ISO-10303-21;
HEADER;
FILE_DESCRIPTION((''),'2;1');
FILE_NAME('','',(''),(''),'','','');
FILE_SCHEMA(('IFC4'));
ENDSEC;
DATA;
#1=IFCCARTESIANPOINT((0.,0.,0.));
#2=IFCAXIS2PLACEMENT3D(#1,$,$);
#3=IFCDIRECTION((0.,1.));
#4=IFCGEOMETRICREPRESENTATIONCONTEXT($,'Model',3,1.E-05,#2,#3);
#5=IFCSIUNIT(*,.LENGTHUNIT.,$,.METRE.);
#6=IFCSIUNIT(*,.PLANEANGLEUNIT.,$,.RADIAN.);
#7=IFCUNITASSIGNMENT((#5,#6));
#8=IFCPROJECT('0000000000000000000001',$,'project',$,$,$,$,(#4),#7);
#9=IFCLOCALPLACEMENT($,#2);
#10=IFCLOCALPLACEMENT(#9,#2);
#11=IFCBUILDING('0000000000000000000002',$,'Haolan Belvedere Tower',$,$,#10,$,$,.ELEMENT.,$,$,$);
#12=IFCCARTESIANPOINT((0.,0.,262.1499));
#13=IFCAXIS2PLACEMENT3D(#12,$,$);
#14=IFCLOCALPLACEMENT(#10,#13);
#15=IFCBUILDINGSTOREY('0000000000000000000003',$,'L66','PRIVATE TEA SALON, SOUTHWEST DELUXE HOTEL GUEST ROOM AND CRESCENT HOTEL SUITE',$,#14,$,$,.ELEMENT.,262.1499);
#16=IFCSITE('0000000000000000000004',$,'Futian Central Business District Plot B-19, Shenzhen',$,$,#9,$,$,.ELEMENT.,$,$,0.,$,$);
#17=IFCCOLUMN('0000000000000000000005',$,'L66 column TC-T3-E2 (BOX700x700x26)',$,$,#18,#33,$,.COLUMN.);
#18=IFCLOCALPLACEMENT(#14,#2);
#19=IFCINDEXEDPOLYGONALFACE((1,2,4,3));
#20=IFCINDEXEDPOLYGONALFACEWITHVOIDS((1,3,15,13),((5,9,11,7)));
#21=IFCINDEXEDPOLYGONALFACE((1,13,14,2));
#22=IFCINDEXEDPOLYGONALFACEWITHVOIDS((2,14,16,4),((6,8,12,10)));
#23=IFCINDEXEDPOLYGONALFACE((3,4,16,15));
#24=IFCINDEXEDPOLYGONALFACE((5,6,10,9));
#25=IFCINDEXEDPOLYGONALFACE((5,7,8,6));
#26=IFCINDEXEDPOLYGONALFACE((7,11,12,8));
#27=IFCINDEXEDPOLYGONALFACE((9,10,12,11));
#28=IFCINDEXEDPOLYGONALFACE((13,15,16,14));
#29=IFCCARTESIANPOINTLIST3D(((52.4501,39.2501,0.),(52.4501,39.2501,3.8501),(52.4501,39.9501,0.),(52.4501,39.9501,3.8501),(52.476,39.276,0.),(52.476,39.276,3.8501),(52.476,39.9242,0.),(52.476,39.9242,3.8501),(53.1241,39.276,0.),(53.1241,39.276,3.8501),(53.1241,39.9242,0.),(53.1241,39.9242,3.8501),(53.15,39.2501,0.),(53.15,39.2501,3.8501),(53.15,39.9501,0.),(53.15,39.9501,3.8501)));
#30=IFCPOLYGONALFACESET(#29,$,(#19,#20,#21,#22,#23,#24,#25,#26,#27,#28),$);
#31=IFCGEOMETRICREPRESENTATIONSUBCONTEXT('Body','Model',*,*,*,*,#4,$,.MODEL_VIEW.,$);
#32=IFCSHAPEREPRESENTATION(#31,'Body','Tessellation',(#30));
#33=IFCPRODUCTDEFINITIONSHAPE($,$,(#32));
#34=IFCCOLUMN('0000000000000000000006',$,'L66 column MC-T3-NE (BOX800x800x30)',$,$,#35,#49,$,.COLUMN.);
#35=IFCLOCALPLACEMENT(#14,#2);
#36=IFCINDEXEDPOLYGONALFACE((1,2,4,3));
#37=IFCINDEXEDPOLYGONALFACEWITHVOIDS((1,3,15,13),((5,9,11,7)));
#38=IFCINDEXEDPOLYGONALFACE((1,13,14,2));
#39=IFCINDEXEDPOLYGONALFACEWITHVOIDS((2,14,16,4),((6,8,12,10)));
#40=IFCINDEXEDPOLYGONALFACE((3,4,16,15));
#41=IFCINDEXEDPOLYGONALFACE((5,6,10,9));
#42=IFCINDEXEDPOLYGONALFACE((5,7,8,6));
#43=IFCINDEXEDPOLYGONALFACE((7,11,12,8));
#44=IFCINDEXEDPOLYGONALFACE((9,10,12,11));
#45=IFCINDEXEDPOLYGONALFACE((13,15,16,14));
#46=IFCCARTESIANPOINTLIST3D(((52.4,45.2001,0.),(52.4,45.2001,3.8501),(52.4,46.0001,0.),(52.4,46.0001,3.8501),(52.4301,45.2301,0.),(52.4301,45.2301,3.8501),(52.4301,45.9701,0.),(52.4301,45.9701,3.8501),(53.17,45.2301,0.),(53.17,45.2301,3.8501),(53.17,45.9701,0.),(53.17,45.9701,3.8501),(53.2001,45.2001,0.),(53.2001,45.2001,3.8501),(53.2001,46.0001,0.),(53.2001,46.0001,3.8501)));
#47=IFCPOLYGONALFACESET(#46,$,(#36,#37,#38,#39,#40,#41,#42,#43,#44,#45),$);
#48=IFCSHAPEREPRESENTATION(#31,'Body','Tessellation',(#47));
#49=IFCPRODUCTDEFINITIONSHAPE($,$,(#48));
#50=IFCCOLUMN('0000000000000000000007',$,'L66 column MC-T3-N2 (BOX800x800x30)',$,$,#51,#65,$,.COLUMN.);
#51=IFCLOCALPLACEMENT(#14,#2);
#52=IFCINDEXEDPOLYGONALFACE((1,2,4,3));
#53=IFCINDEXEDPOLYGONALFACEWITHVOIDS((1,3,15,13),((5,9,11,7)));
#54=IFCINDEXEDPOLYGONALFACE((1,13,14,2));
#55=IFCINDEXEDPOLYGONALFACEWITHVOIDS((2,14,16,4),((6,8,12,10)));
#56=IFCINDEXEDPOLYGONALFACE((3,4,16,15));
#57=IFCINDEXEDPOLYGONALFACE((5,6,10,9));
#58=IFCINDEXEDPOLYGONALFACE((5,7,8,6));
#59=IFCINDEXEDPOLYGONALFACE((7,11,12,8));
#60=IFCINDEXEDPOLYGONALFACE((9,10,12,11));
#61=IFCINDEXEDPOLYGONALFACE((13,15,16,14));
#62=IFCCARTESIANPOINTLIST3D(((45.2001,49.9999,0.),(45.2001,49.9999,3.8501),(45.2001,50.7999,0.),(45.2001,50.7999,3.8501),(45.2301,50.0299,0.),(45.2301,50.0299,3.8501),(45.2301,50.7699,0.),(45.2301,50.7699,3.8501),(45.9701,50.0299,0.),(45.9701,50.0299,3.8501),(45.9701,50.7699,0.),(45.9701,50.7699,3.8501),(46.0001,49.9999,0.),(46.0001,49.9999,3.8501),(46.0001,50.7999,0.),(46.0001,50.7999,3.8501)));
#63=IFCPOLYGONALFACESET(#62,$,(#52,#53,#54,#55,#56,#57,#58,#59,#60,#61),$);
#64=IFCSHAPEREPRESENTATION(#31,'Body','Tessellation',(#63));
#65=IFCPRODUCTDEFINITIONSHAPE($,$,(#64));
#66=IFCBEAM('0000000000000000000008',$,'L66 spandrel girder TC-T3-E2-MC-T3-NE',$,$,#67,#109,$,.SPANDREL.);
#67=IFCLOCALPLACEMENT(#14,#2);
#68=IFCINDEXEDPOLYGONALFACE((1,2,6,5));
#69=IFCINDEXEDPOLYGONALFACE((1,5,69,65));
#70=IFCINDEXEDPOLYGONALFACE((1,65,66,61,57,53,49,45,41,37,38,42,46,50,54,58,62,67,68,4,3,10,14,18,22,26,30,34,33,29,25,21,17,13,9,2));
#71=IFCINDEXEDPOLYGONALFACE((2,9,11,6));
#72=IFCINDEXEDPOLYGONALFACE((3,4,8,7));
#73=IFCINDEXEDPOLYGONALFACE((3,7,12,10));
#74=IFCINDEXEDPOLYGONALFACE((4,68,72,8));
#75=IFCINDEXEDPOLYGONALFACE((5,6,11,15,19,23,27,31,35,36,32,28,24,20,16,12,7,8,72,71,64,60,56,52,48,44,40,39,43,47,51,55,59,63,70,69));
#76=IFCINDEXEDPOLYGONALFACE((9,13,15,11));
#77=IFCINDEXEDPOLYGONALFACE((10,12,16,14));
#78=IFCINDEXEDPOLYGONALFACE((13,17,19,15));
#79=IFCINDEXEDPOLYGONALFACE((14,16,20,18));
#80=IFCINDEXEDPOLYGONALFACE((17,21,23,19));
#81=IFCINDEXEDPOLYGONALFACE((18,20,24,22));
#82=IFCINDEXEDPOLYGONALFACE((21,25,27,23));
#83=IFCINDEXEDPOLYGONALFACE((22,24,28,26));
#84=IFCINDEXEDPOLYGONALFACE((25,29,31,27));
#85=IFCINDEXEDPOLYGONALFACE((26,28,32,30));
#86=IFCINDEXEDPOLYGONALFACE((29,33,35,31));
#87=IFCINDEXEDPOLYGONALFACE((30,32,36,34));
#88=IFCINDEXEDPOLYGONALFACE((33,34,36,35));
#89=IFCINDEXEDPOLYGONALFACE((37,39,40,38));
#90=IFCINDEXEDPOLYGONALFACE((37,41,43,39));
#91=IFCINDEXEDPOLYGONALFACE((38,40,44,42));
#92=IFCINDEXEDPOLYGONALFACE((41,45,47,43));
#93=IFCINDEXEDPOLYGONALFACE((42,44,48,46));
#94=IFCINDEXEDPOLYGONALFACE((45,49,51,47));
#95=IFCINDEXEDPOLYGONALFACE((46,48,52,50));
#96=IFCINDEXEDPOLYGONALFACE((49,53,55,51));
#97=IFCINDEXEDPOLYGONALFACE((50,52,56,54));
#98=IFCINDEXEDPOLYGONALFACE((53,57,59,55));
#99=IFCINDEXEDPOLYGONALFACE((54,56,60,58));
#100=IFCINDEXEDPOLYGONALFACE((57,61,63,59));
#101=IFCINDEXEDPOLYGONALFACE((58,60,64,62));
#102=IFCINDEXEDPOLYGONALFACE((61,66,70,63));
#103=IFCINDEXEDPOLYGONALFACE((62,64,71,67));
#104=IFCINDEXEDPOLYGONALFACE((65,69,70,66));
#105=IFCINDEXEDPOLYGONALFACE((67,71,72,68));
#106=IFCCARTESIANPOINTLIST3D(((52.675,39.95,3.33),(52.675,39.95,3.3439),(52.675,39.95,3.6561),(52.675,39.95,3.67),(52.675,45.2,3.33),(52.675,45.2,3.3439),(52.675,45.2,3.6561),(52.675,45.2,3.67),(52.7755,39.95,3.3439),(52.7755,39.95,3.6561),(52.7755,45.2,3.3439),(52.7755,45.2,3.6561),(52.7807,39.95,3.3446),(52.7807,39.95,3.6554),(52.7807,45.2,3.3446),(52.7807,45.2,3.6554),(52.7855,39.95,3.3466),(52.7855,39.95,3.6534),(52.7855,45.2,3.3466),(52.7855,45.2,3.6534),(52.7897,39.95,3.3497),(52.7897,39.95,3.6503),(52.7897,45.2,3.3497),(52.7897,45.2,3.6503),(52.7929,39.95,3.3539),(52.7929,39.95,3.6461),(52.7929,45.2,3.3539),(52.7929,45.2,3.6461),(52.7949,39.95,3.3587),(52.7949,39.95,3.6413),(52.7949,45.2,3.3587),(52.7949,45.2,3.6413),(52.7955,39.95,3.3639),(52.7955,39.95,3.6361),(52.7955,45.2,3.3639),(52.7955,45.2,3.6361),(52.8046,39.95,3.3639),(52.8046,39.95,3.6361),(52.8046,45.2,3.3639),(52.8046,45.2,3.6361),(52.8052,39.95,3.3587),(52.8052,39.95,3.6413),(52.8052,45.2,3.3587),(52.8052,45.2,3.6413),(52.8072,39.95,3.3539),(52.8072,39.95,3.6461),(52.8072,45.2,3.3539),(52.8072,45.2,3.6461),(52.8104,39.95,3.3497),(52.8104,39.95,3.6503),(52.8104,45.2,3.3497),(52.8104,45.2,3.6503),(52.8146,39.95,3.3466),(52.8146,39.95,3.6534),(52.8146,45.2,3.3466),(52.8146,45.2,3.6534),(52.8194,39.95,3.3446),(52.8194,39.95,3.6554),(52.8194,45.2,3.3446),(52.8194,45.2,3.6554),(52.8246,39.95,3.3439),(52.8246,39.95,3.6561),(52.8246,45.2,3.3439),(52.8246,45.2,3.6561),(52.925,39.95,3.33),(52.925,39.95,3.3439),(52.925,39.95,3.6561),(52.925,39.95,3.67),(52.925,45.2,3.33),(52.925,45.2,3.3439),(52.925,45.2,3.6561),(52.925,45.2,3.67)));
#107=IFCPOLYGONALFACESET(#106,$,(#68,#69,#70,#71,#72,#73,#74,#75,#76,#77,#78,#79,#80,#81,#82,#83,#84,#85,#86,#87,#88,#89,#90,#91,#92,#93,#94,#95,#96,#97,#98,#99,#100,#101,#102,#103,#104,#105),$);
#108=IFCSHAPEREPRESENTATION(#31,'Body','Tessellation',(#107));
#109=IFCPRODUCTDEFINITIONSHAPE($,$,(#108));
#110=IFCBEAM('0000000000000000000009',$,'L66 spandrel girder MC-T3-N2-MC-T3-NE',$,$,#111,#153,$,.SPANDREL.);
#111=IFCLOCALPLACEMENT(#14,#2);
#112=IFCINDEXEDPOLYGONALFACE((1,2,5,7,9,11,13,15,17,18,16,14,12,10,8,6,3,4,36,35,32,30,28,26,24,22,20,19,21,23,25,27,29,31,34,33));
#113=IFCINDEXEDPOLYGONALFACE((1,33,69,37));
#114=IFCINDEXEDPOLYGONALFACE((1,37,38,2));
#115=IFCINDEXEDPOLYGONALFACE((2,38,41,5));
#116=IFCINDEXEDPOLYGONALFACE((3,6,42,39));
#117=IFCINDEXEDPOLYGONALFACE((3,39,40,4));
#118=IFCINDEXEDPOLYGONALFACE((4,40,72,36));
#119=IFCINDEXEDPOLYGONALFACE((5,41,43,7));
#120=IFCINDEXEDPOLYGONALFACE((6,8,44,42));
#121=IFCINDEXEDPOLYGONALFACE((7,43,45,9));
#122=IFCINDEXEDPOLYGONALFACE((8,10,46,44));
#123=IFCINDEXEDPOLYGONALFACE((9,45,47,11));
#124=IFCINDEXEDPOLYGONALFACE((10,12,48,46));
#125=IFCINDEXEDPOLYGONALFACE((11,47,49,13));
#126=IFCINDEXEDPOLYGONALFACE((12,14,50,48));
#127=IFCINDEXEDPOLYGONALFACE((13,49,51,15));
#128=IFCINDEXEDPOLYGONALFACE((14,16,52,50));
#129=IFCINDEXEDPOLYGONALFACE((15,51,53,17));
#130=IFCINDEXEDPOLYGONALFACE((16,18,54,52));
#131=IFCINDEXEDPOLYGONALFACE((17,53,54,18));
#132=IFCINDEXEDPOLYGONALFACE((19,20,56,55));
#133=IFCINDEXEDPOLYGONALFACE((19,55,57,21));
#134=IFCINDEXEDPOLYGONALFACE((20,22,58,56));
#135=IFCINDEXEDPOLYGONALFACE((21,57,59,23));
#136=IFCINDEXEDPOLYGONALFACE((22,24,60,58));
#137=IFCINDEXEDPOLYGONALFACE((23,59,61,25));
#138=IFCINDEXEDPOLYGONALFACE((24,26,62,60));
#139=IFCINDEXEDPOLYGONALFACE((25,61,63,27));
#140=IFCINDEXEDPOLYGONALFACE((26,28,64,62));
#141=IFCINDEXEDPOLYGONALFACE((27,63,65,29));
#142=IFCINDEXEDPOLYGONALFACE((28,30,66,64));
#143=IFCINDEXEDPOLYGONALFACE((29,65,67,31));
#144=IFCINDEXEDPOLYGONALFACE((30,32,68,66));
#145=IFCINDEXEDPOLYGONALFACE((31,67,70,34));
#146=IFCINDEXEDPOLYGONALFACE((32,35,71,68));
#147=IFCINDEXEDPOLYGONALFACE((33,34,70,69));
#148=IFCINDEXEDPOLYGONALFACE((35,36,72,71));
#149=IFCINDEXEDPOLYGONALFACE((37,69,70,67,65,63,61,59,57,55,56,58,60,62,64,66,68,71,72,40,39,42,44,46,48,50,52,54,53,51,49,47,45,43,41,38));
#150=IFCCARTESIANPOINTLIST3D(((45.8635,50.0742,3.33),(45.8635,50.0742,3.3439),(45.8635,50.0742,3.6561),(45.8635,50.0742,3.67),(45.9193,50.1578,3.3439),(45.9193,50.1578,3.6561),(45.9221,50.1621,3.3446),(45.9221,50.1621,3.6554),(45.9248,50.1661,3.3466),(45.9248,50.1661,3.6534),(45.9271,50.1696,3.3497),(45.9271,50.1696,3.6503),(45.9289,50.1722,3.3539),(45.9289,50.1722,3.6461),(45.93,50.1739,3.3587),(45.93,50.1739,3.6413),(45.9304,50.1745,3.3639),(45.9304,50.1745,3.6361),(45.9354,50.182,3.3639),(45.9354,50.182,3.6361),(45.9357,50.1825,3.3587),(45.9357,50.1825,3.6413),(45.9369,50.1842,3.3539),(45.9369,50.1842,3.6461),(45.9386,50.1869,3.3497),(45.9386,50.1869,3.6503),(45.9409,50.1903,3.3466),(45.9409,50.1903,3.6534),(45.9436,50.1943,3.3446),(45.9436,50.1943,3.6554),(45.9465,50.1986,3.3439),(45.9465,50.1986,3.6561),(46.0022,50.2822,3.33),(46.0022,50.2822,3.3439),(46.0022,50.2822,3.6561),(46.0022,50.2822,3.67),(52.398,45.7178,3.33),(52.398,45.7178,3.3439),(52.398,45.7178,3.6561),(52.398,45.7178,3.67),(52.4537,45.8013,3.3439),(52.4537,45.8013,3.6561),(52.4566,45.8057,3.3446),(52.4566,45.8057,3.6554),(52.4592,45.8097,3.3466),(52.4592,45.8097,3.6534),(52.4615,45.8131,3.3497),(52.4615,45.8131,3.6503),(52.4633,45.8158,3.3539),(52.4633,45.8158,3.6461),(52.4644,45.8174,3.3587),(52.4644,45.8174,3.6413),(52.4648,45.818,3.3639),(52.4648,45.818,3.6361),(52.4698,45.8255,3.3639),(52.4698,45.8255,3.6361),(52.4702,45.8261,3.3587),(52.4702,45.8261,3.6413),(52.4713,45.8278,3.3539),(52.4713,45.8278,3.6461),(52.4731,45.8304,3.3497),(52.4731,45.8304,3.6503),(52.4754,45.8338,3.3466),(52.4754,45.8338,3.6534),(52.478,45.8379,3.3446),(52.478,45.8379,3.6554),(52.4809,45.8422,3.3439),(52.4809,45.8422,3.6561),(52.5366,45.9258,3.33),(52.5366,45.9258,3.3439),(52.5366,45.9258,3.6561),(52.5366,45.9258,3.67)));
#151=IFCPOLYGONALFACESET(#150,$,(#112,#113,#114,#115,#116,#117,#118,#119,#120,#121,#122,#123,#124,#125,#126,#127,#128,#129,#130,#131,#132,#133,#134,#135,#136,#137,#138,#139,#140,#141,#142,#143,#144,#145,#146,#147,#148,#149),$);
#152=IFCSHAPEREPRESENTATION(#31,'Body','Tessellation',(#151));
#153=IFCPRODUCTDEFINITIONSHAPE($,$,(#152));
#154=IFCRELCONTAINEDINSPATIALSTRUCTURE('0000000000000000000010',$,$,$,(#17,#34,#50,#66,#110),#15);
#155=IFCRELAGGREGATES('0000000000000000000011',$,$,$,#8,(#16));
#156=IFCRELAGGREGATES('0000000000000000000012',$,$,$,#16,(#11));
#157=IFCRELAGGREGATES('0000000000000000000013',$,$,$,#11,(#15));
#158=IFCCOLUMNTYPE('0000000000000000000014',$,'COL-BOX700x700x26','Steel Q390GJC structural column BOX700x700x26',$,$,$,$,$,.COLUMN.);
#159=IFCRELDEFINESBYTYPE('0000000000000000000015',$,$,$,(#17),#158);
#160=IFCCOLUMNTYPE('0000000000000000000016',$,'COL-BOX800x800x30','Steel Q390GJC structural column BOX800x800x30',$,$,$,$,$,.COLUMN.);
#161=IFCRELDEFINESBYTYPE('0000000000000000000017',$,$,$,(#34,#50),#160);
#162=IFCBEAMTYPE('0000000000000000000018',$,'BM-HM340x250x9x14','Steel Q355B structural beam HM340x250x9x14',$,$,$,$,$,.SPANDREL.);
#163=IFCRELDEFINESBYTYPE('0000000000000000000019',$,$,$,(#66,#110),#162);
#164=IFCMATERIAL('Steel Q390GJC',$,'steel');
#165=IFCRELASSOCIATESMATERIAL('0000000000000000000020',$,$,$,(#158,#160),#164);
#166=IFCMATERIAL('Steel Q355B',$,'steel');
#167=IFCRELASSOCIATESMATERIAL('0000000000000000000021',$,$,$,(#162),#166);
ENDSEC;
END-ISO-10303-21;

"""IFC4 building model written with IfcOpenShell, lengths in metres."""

from ifc_helpers import new_model, si_unit, direction, frame, origin, origin_2d, place, context, subcontext, project, spatial, hollow_rectangle, i_section, extrude, material, material_profile, profile_set, type_object, element, save


model = new_model("IFC4")

# Units and contexts
model_context = context("Model", 3, precision=1e-05, world=origin(), true_north=direction((0.0, 1.0)))
body_context = subcontext(model_context, "Body", "Model", "MODEL_VIEW")
ifc_project = project(units=[si_unit("LENGTHUNIT", "METRE"), si_unit("PLANEANGLEUNIT", "RADIAN")], contexts=[model_context])

# Site, building, storey
site_placement = place(None, origin())
site = spatial("IfcSite", under=ifc_project, at=site_placement, Name="Futian Central Business District Plot B-19, Shenzhen", CompositionType="ELEMENT", RefElevation=0.0)
building_placement = place(site_placement, origin())
building = spatial("IfcBuilding", under=site, at=building_placement, Name="Haolan Belvedere Tower", CompositionType="ELEMENT")
storey_placement = place(building_placement, frame((0.0, 0.0, 262.1499)))
storey = spatial("IfcBuildingStorey", under=building, at=storey_placement, Name="L66", Description="PRIVATE TEA SALON, SOUTHWEST DELUXE HOTEL GUEST ROOM AND CRESCENT HOTEL SUITE", CompositionType="ELEMENT", Elevation=262.1499)

# Columns
ifc_material_1 = material(Name="Steel Q390GJC", Category="steel")
ifc_material_profile_1 = material_profile(ifc_material_1, hollow_rectangle(XDim=0.7, YDim=0.7, WallThickness=0.0259, at=origin_2d()), Name="Steel Q390GJC")
ifc_profile_set_1 = profile_set([ifc_material_profile_1], Name="Steel Q390GJC")
column_type_1 = type_object("IfcColumnType", Name="COL-BOX700x700x26", Description="Steel Q390GJC structural column BOX700x700x26", PredefinedType="COLUMN", material=ifc_profile_set_1)
column_placement = place(storey_placement, frame((52.8, 39.6001, 0.0), z_axis=(0.0, 0.0, 1.0), x_axis=(1.0, 0.0, 0.0)))
element("IfcColumn", 1, at=column_placement, inside=storey, type_object=column_type_1, Name="L66 column TC-T3-E2 (BOX700x700x26)", PredefinedType="COLUMN", context=body_context, shape_type="SweptSolid", body=[
    extrude(hollow_rectangle(XDim=0.7, YDim=0.7, WallThickness=0.0259, at=origin_2d()), origin(), (0.0, 0.0, 1.0), 3.8501),
])
ifc_material_profile_2 = material_profile(ifc_material_1, hollow_rectangle(XDim=0.8, YDim=0.8, WallThickness=0.03, at=origin_2d()), Name="Steel Q390GJC")
ifc_profile_set_2 = profile_set([ifc_material_profile_2], Name="Steel Q390GJC")
column_type_2 = type_object("IfcColumnType", Name="COL-BOX800x800x30", Description="Steel Q390GJC structural column BOX800x800x30", PredefinedType="COLUMN", material=ifc_profile_set_2)
for number, where, z_axis, x_axis, name in (
    (2, (52.8, 45.6001, 0.0), (0.0, 0.0, 1.0), (1.0, 0.0, 0.0), "L66 column MC-T3-NE (BOX800x800x30)"),
    (3, (45.6001, 50.3999, 0.0), (0.0, 0.0, 1.0), (1.0, 0.0, 0.0), "L66 column MC-T3-N2 (BOX800x800x30)"),
):
    element("IfcColumn", number, at=place(storey_placement, frame(where, z_axis=z_axis, x_axis=x_axis)), inside=storey, type_object=column_type_2, Name=name, PredefinedType="COLUMN", context=body_context, shape_type="SweptSolid", body=[
        extrude(hollow_rectangle(XDim=0.8, YDim=0.8, WallThickness=0.03, at=origin_2d()), origin(), (0.0, 0.0, 1.0), 3.8501),
    ])

# Beams
ifc_material_2 = material(Name="Steel Q355B", Category="steel")
ifc_material_profile_3 = material_profile(ifc_material_2, i_section(OverallWidth=0.25, OverallDepth=0.3401, WebThickness=0.009, FlangeThickness=0.0139, FilletRadius=0.02, at=origin_2d()), Name="Steel Q355B")
ifc_profile_set_3 = profile_set([ifc_material_profile_3], Name="Steel Q355B")
beam_type_1 = type_object("IfcBeamType", Name="BM-HM340x250x9x14", Description="Steel Q355B structural beam HM340x250x9x14", PredefinedType="SPANDREL", material=ifc_profile_set_3)
beam_1_placement = place(storey_placement, frame((52.8, 39.95, 3.5), z_axis=(0.0, 1.0, 0.0), x_axis=(-1.0, 0.0, 0.0)))
element("IfcBeam", 4, at=beam_1_placement, inside=storey, type_object=beam_type_1, Name="L66 spandrel girder TC-T3-E2-MC-T3-NE", PredefinedType="SPANDREL", context=body_context, shape_type="SweptSolid", body=[
    extrude(i_section(OverallWidth=0.25, OverallDepth=0.3401, WebThickness=0.009, FlangeThickness=0.0139, FilletRadius=0.02, at=origin_2d()), origin(), (0.0, 0.0, 1.0), 5.25),
])
beam_2_placement = place(storey_placement, frame((45.9329, 50.1782, 3.5), z_axis=(0.832041, -0.554715, 0.0), x_axis=(0.554715, 0.832041, 0.0)))
element("IfcBeam", 5, at=beam_2_placement, inside=storey, type_object=beam_type_1, Name="L66 spandrel girder MC-T3-N2-MC-T3-NE", PredefinedType="SPANDREL", context=body_context, shape_type="SweptSolid", body=[
    extrude(i_section(OverallWidth=0.25, OverallDepth=0.3401, WebThickness=0.009, FlangeThickness=0.0139, FilletRadius=0.02, at=origin_2d()), origin(), (0.0, 0.0, 1.0), 7.8535),
])

save(model, "model.ifc")
